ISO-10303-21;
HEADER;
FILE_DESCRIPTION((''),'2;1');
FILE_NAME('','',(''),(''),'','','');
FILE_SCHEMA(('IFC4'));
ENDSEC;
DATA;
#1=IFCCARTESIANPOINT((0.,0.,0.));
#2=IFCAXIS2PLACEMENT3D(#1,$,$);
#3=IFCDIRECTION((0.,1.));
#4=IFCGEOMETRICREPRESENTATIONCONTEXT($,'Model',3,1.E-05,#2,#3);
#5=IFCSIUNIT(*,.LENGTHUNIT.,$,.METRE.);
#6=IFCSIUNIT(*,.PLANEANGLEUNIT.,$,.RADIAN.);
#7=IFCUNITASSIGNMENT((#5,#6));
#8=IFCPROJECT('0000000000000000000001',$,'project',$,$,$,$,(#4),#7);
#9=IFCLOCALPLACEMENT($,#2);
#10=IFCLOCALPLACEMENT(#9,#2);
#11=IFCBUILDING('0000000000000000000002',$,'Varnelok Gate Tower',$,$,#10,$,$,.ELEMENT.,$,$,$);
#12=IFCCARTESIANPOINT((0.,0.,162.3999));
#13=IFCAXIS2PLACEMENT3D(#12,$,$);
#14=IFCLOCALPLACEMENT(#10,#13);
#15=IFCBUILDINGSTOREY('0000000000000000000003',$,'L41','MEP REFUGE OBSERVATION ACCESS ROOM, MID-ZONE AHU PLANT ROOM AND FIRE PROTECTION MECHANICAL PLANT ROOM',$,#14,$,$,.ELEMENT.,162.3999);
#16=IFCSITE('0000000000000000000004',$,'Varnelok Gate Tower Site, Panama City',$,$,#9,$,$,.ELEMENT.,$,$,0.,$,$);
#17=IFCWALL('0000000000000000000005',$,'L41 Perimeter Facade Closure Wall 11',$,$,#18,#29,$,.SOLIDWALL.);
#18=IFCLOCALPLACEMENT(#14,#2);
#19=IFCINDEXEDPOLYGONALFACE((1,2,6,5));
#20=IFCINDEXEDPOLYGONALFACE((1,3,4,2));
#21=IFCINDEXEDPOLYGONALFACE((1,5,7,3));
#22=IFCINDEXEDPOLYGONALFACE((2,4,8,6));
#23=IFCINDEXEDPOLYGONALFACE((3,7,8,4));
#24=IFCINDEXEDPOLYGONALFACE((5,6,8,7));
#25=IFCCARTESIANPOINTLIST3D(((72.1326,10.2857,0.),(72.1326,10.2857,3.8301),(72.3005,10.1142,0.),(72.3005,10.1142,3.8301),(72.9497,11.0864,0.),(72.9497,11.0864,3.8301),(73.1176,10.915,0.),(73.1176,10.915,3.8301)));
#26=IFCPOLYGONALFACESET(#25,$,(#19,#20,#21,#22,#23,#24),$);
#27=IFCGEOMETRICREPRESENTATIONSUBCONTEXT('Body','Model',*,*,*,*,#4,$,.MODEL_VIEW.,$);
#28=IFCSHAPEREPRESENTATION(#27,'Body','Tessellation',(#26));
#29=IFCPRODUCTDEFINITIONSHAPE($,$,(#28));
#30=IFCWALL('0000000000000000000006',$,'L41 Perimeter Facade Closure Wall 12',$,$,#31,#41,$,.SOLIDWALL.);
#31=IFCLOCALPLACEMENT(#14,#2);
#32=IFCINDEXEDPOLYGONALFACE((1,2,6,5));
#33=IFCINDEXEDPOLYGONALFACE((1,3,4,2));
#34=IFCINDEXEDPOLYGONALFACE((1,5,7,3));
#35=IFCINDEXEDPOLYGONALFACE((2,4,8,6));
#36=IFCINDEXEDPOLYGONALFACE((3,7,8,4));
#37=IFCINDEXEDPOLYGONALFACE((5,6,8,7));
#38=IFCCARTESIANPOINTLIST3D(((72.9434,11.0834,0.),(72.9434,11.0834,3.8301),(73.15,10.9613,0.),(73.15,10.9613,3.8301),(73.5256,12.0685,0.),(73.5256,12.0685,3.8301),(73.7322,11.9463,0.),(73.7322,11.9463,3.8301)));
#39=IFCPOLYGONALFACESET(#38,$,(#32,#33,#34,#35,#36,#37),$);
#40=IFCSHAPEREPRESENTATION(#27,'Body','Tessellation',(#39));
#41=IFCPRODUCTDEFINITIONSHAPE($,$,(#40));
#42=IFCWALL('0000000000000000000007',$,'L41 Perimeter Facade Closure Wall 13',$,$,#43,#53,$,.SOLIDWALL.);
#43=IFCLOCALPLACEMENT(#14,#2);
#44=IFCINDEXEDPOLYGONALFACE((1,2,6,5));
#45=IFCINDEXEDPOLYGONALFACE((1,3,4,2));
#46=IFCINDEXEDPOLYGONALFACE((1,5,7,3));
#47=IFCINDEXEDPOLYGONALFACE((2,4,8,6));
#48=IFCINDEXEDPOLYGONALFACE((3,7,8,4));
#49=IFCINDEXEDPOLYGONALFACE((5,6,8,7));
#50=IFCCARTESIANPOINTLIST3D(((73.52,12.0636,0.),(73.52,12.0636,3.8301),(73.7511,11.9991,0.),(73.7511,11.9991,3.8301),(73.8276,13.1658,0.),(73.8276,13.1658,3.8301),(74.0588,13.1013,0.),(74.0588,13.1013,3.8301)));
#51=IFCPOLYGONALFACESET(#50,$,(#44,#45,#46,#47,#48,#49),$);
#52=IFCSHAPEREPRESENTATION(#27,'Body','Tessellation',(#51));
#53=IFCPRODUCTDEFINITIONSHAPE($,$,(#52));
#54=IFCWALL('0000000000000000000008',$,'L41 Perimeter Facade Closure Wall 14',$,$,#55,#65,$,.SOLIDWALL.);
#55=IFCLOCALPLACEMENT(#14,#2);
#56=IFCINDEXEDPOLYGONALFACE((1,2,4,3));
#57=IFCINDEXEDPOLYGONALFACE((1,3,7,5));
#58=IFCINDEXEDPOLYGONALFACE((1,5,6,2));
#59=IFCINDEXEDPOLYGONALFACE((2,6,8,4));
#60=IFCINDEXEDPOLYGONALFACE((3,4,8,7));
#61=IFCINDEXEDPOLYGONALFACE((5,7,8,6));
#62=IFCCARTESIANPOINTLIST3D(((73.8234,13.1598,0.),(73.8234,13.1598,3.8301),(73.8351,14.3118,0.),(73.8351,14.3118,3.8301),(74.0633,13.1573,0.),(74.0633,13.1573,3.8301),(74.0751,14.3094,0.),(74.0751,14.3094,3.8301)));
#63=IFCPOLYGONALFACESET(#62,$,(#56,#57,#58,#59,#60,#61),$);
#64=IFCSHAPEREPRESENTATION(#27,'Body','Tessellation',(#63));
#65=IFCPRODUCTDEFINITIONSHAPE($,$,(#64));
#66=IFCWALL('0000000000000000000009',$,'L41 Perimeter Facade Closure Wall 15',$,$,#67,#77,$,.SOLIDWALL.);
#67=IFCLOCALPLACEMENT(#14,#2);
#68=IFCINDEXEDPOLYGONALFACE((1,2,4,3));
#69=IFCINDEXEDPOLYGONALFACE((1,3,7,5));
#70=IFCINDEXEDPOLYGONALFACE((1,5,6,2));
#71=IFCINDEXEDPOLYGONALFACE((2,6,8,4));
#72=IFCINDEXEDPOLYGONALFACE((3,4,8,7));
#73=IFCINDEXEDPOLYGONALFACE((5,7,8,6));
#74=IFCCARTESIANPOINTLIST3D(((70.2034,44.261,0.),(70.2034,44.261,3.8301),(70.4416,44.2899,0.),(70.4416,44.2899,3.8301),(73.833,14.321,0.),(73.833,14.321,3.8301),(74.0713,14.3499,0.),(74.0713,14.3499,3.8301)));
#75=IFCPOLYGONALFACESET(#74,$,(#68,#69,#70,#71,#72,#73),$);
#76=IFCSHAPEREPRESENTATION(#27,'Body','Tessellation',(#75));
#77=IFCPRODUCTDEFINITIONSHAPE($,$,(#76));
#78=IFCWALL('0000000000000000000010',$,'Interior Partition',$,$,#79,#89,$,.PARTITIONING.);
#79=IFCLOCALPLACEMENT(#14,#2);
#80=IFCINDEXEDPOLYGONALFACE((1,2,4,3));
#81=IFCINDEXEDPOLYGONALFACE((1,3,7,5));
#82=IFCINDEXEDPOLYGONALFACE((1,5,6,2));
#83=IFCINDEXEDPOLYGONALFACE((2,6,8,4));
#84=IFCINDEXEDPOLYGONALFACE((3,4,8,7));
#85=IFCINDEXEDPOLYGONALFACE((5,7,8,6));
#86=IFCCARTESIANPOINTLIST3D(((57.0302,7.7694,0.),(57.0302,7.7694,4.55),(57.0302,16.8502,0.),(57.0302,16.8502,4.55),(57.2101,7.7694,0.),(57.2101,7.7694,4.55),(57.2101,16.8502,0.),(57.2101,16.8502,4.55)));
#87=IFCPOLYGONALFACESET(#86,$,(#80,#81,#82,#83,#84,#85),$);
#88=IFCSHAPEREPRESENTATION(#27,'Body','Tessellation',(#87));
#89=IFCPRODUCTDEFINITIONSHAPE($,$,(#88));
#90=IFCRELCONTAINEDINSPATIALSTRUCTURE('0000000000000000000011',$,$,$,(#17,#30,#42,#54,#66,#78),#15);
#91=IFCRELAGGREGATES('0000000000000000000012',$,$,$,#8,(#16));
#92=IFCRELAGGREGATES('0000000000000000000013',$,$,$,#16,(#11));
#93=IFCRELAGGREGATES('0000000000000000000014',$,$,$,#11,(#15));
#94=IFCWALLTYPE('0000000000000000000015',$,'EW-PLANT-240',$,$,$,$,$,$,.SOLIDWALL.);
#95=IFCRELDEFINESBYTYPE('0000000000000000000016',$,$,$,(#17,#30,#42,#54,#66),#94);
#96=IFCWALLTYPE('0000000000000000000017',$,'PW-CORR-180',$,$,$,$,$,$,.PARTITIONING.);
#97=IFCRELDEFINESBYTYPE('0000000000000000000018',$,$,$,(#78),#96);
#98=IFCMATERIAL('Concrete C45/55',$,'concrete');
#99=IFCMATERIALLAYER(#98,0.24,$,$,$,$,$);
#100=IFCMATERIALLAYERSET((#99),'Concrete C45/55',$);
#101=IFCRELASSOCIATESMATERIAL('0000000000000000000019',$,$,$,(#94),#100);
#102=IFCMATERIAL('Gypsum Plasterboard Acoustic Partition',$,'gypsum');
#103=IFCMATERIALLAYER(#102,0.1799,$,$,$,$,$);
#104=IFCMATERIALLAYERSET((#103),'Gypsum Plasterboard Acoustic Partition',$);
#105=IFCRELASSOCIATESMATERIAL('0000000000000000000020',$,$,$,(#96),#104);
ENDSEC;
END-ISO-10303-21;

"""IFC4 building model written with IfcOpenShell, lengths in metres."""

from ifc_helpers import new_model, si_unit, direction, frame, frame_2d, origin, place, context, subcontext, project, spatial, rectangle, extrude, material, layer, layer_set, type_object, element, save


model = new_model("IFC4")

# Units and contexts
model_context = context("Model", 3, precision=1e-05, world=origin(), true_north=direction((0.0, 1.0)))
body_context = subcontext(model_context, "Body", "Model", "MODEL_VIEW")
ifc_project = project(units=[si_unit("LENGTHUNIT", "METRE"), si_unit("PLANEANGLEUNIT", "RADIAN")], contexts=[model_context])

# Site, building, storey
site_placement = place(None, origin())
site = spatial("IfcSite", under=ifc_project, at=site_placement, Name="Varnelok Gate Tower Site, Panama City", CompositionType="ELEMENT", RefElevation=0.0)
building_placement = place(site_placement, origin())
building = spatial("IfcBuilding", under=site, at=building_placement, Name="Varnelok Gate Tower", CompositionType="ELEMENT")
storey_placement = place(building_placement, frame((0.0, 0.0, 162.3999)))
storey = spatial("IfcBuildingStorey", under=building, at=storey_placement, Name="L41", Description="MEP REFUGE OBSERVATION ACCESS ROOM, MID-ZONE AHU PLANT ROOM AND FIRE PROTECTION MECHANICAL PLANT ROOM", CompositionType="ELEMENT", Elevation=162.3999)

# Shared definitions
ifc_material_1 = material(Name="Concrete C45/55", Category="concrete")

# Walls
ifc_layer_1 = layer(ifc_material_1, 0.24)
ifc_layer_set_1 = layer_set([ifc_layer_1], Name="Concrete C45/55")
wall_type_1 = type_object("IfcWallType", Name="EW-PLANT-240", PredefinedType="SOLIDWALL", material=ifc_layer_set_1)
for number, where, z_axis, x_axis, name in (
    (1, (72.2166, 10.2, 0.0), (0.0, 0.0, 1.0), (0.714219, 0.699922, 0.0), "L41 Perimeter Facade Closure Wall 11"),
):
    element("IfcWall", number, at=place(storey_placement, frame(where, z_axis=z_axis, x_axis=x_axis)), inside=storey, type_object=wall_type_1, Name=name, PredefinedType="SOLIDWALL", context=body_context, shape_type="SweptSolid", body=[
        extrude(rectangle(XDim=1.144, YDim=0.24, at=frame_2d((0.572, 0.0))), origin(), (0.0, 0.0, 1.0), 3.8301),
    ])
for number, where, z_axis, x_axis, name in (
    (2, (73.0466, 11.0222, 0.0), (0.0, 0.0, 1.0), (0.508837, 0.860863, 0.0), "L41 Perimeter Facade Closure Wall 12"),
    (3, (73.6355, 12.0312, 0.0), (0.0, 0.0, 1.0), (0.268854, 0.963181, 0.0), "L41 Perimeter Facade Closure Wall 13"),
):
    element("IfcWall", number, at=place(storey_placement, frame(where, z_axis=z_axis, x_axis=x_axis)), inside=storey, type_object=wall_type_1, Name=name, PredefinedType="SOLIDWALL", context=body_context, shape_type="SweptSolid", body=[
        extrude(rectangle(XDim=1.1443, YDim=0.24, at=frame_2d((0.5723, 0.0))), origin(), (0.0, 0.0, 1.0), 3.8301),
    ])
wall_1_placement = place(storey_placement, frame((73.9434, 13.1584, 0.0), z_axis=(0.0, 0.0, 1.0), x_axis=(0.010171, 0.999948, 0.0)))
element("IfcWall", 4, at=wall_1_placement, inside=storey, type_object=wall_type_1, Name="L41 Perimeter Facade Closure Wall 14", PredefinedType="SOLIDWALL", context=body_context, shape_type="SweptSolid", body=[
    extrude(rectangle(XDim=1.1521, YDim=0.24, at=frame_2d((0.5762, 0.0))), origin(), (0.0, 0.0, 1.0), 3.8301),
])
wall_2_placement = place(storey_placement, frame((73.9521, 14.3354, 0.0), z_axis=(0.0, 0.0, 1.0), x_axis=(-0.120349, 0.992732, 0.0)))
element("IfcWall", 5, at=wall_2_placement, inside=storey, type_object=wall_type_1, Name="L41 Perimeter Facade Closure Wall 15", PredefinedType="SOLIDWALL", context=body_context, shape_type="SweptSolid", body=[
    extrude(rectangle(XDim=30.1592, YDim=0.24, at=frame_2d((15.0796, 0.0))), origin(), (0.0, 0.0, 1.0), 3.8301),
])
ifc_material_2 = material(Name="Gypsum Plasterboard Acoustic Partition", Category="gypsum")
ifc_layer_2 = layer(ifc_material_2, 0.1799)
ifc_layer_set_2 = layer_set([ifc_layer_2], Name="Gypsum Plasterboard Acoustic Partition")
wall_type_2 = type_object("IfcWallType", Name="PW-CORR-180", PredefinedType="PARTITIONING", material=ifc_layer_set_2)
wall_3_placement = place(storey_placement, frame((57.1201, 7.7693, 0.0), z_axis=(0.0, 0.0, 1.0), x_axis=(0.0, 1.0, 0.0)))
element("IfcWall", 6, at=wall_3_placement, inside=storey, type_object=wall_type_2, Name="Interior Partition", PredefinedType="PARTITIONING", context=body_context, shape_type="SweptSolid", body=[
    extrude(rectangle(XDim=9.0808, YDim=0.1799, at=frame_2d((4.5405, 0.0))), origin(), (0.0, 0.0, 1.0), 4.55),
])

save(model, "model.ifc")
